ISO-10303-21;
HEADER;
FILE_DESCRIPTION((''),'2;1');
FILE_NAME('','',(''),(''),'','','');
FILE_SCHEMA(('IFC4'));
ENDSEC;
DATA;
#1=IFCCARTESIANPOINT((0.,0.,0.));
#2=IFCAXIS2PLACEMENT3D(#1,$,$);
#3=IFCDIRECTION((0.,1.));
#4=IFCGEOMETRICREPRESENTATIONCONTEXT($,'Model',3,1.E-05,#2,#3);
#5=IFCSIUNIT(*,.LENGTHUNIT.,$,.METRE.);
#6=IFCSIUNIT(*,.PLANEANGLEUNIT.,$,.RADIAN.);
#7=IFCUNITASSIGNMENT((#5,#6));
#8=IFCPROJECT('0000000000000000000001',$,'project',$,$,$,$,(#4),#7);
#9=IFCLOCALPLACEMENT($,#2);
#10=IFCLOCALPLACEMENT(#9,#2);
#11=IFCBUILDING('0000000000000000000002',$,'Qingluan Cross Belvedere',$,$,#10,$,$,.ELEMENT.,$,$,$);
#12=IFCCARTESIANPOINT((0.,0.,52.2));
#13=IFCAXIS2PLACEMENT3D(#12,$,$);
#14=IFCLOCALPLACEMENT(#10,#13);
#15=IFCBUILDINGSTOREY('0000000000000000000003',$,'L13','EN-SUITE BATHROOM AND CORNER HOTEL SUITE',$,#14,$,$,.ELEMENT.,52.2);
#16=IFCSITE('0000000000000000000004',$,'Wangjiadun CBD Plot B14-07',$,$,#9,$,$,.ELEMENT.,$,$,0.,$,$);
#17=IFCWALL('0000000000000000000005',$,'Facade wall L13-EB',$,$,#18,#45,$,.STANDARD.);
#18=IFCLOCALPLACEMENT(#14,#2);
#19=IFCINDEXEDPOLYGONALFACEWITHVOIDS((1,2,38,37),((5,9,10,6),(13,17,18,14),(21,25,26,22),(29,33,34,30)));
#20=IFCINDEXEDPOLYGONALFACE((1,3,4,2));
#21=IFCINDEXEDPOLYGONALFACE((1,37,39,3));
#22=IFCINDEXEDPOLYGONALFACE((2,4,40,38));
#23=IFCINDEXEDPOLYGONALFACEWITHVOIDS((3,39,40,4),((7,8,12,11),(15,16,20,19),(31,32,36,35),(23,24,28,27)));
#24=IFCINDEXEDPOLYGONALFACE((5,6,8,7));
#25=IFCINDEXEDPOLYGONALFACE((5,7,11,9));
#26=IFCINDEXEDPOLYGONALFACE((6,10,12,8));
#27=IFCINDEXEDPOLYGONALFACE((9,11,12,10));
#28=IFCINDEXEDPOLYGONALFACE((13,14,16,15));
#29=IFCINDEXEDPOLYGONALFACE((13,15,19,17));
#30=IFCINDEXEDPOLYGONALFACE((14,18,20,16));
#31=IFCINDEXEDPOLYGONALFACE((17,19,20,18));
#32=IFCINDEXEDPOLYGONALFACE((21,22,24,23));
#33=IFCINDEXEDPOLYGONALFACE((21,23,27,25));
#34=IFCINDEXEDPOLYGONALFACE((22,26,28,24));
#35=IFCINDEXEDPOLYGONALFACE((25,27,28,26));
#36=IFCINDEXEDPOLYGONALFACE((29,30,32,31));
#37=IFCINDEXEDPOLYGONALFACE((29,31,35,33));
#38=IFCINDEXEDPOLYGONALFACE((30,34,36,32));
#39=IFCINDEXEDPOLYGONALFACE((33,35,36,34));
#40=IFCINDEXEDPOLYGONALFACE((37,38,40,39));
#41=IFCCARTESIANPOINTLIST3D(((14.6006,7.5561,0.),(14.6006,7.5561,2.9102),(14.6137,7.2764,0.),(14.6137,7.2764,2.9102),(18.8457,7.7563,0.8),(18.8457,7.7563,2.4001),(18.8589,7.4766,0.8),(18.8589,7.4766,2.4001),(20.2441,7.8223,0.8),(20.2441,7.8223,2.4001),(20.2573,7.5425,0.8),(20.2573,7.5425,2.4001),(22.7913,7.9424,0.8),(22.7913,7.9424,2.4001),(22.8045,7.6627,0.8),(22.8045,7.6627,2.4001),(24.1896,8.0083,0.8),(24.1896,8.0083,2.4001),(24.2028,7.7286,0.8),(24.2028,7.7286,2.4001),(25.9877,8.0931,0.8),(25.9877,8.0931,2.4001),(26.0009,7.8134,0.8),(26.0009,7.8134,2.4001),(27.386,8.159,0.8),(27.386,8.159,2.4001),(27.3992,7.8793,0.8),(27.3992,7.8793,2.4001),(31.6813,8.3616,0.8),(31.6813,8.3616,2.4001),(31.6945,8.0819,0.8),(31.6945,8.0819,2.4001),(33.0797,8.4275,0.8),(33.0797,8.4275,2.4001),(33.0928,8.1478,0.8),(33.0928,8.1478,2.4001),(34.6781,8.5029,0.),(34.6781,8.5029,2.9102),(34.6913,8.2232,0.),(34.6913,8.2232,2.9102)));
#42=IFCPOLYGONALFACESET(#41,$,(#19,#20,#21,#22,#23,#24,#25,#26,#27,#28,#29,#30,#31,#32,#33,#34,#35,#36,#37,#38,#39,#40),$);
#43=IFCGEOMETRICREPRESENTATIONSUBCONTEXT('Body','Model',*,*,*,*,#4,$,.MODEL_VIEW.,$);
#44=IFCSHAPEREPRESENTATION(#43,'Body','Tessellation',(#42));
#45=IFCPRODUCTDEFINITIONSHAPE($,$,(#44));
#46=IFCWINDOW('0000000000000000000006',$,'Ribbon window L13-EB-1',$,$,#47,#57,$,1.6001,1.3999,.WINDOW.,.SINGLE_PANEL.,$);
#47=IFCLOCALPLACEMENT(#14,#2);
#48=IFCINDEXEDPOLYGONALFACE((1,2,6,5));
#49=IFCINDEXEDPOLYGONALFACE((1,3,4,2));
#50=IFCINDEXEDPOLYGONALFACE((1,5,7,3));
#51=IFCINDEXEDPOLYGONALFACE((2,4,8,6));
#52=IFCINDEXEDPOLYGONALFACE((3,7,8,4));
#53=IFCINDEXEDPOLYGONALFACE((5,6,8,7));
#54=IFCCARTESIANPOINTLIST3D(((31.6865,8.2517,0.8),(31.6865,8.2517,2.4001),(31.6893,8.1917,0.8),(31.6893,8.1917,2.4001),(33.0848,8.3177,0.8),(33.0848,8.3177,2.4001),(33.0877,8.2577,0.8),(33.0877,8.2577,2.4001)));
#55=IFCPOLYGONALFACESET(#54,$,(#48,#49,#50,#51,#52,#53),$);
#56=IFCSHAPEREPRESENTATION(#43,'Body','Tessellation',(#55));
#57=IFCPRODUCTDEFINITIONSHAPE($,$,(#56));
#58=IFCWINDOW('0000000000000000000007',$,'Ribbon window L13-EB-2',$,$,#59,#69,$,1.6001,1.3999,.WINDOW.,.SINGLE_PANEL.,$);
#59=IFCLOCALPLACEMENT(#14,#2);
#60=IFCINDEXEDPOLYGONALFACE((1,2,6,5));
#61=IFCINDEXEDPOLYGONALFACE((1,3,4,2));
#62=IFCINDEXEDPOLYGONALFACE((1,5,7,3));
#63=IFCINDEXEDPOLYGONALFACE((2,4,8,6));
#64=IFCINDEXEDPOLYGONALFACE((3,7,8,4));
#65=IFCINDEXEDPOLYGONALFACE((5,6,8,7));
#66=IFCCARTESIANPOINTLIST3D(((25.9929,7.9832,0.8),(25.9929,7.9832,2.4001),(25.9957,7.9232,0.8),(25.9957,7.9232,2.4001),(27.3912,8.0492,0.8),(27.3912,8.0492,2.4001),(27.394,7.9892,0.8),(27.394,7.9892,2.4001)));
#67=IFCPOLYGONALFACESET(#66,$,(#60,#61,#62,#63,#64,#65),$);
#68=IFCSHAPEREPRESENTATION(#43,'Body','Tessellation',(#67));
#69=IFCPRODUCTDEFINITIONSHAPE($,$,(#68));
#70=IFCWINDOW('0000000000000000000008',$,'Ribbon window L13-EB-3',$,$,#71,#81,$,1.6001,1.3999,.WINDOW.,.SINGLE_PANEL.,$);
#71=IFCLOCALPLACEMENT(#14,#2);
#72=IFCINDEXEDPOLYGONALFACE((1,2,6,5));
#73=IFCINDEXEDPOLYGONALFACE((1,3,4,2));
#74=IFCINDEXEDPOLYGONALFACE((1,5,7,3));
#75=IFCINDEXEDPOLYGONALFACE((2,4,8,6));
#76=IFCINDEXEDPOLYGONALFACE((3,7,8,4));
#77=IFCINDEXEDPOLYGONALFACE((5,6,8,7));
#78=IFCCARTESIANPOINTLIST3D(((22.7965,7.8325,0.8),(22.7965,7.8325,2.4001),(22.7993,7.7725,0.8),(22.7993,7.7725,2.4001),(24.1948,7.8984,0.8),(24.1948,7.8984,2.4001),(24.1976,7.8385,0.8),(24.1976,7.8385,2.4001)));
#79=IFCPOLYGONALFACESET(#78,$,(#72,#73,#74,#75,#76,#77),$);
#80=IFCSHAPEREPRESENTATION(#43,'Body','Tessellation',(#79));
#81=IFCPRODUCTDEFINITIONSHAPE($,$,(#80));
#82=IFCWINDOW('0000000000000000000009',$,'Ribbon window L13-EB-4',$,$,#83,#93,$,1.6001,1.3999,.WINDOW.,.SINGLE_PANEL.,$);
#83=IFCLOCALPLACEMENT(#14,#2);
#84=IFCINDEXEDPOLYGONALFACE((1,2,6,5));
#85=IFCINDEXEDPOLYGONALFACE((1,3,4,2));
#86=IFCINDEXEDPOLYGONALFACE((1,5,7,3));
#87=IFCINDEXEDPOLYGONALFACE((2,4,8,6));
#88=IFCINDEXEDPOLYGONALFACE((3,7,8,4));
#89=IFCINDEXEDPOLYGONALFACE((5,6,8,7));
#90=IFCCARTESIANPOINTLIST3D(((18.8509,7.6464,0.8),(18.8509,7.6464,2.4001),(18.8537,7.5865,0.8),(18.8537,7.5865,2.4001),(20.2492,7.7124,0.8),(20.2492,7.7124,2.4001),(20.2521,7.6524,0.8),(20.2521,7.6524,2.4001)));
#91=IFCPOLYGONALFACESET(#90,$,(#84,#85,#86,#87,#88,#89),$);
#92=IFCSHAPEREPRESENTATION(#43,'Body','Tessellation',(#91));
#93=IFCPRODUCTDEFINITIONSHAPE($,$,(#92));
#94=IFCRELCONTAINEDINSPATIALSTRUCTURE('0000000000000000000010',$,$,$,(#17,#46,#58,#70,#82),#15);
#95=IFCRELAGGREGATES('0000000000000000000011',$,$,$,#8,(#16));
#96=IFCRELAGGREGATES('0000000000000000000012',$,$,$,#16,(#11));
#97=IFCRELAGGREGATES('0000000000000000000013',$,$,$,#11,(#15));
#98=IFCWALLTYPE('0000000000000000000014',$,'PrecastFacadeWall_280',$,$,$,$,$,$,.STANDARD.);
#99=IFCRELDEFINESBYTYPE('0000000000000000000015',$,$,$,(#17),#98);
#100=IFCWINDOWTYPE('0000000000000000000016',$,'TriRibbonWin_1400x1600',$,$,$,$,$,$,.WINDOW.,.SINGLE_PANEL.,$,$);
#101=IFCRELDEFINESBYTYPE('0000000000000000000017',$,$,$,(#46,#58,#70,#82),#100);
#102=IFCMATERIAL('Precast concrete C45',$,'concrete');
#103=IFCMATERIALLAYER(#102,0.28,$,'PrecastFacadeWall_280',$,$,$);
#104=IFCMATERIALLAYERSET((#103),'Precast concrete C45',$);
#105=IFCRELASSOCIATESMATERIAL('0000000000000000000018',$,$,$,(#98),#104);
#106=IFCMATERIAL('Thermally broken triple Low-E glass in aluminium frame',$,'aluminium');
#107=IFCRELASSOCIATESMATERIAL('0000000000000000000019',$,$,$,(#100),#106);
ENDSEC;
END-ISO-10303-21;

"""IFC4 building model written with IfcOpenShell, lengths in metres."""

from ifc_helpers import new_model, si_unit, direction, frame, frame_2d, origin, place, context, subcontext, project, spatial, rectangle, extrude, material, layer, layer_set, type_object, element, fill, save


model = new_model("IFC4")

# Units and contexts
model_context = context("Model", 3, precision=1e-05, world=origin(), true_north=direction((0.0, 1.0)))
body_context = subcontext(model_context, "Body", "Model", "MODEL_VIEW")
ifc_project = project(units=[si_unit("LENGTHUNIT", "METRE"), si_unit("PLANEANGLEUNIT", "RADIAN")], contexts=[model_context])

# Site, building, storey
site_placement = place(None, origin())
site = spatial("IfcSite", under=ifc_project, at=site_placement, Name="Wangjiadun CBD Plot B14-07", CompositionType="ELEMENT", RefElevation=0.0)
building_placement = place(site_placement, origin())
building = spatial("IfcBuilding", under=site, at=building_placement, Name="Qingluan Cross Belvedere", CompositionType="ELEMENT")
storey_placement = place(building_placement, frame((0.0, 0.0, 52.2)))
storey = spatial("IfcBuildingStorey", under=building, at=storey_placement, Name="L13", Description="EN-SUITE BATHROOM AND CORNER HOTEL SUITE", CompositionType="ELEMENT", Elevation=52.2)

# Wall, openings, windows
ifc_material_1 = material(Name="Precast concrete C45", Category="concrete")
ifc_layer_1 = layer(ifc_material_1, 0.28, Name="PrecastFacadeWall_280")
ifc_layer_set_1 = layer_set([ifc_layer_1], Name="Precast concrete C45")
wall_type_1 = type_object("IfcWallType", Name="PrecastFacadeWall_280", PredefinedType="STANDARD", material=ifc_layer_set_1)
wall_1_placement = place(storey_placement, frame((34.6846, 8.363, 0.0), z_axis=(0.0, 0.0, 1.0), x_axis=(-0.99889, -0.047103, 0.0)))
wall_1 = element("IfcWall", 1, at=wall_1_placement, inside=storey, type_object=wall_type_1, Name="Facade wall L13-EB", PredefinedType="STANDARD", context=body_context, shape_type="SweptSolid", body=[
    extrude(rectangle(XDim=20.0999, YDim=0.28, at=frame_2d((10.0498, 0.0))), origin(), (0.0, 0.0, 1.0), 2.9102),
])
opening_1_placement = place(wall_1_placement, frame((1.6001, 0.0, 0.8)))
opening_1 = element("IfcOpeningElement", 2, at=opening_1_placement, cuts=wall_1, PredefinedType="OPENING", context=body_context, shape_type="SweptSolid", body=[
    extrude(rectangle(XDim=1.3999, YDim=1.6001, at=frame_2d((0.7, 0.8))), frame((0.0, 0.1499, 0.0), z_axis=(0.0, -1.0, 0.0), x_axis=(1.0, 0.0, 0.0)), (0.0, 0.0, 1.0), 0.3),
])
opening_2_placement = place(wall_1_placement, frame((7.3, 0.0, 0.8)))
opening_2 = element("IfcOpeningElement", 3, at=opening_2_placement, cuts=wall_1, PredefinedType="OPENING", context=body_context, shape_type="SweptSolid", body=[
    extrude(rectangle(XDim=1.3999, YDim=1.6001, at=frame_2d((0.7, 0.8))), frame((0.0, 0.1499, 0.0), z_axis=(0.0, -1.0, 0.0), x_axis=(1.0, 0.0, 0.0)), (0.0, 0.0, 1.0), 0.3),
])
opening_3_placement = place(wall_1_placement, frame((10.5, 0.0, 0.8)))
opening_3 = element("IfcOpeningElement", 4, at=opening_3_placement, cuts=wall_1, PredefinedType="OPENING", context=body_context, shape_type="SweptSolid", body=[
    extrude(rectangle(XDim=1.3999, YDim=1.6001, at=frame_2d((0.7, 0.8))), frame((0.0, 0.1499, 0.0), z_axis=(0.0, -1.0, 0.0), x_axis=(1.0, 0.0, 0.0)), (0.0, 0.0, 1.0), 0.3),
])
opening_4_placement = place(wall_1_placement, frame((14.45, 0.0, 0.8)))
opening_4 = element("IfcOpeningElement", 5, at=opening_4_placement, cuts=wall_1, PredefinedType="OPENING", context=body_context, shape_type="SweptSolid", body=[
    extrude(rectangle(XDim=1.3999, YDim=1.6001, at=frame_2d((0.7, 0.8))), frame((0.0, 0.1499, 0.0), z_axis=(0.0, -1.0, 0.0), x_axis=(1.0, 0.0, 0.0)), (0.0, 0.0, 1.0), 0.3),
])
ifc_material_2 = material(Name="Thermally broken triple Low-E glass in aluminium frame", Category="aluminium")
window_type_1 = type_object("IfcWindowType", Name="TriRibbonWin_1400x1600", PartitioningType="SINGLE_PANEL", PredefinedType="WINDOW", material=ifc_material_2)
window_1_placement = place(opening_1_placement, origin())
window_1 = element("IfcWindow", 6, at=window_1_placement, inside=storey, type_object=window_type_1, Name="Ribbon window L13-EB-1", OverallHeight=1.6001, OverallWidth=1.3999, PartitioningType="SINGLE_PANEL", PredefinedType="WINDOW", context=body_context, shape_type="SweptSolid", body=[
    extrude(rectangle(XDim=1.3999, YDim=1.6001, at=frame_2d((0.7, 0.8))), frame((0.0, 0.03, 0.0), z_axis=(0.0, -1.0, 0.0), x_axis=(1.0, 0.0, 0.0)), (0.0, 0.0, 1.0), 0.0601),
])
fill(opening_1, window_1)
window_2_placement = place(opening_2_placement, origin())
window_2 = element("IfcWindow", 7, at=window_2_placement, inside=storey, type_object=window_type_1, Name="Ribbon window L13-EB-2", OverallHeight=1.6001, OverallWidth=1.3999, PartitioningType="SINGLE_PANEL", PredefinedType="WINDOW", context=body_context, shape_type="SweptSolid", body=[
    extrude(rectangle(XDim=1.3999, YDim=1.6001, at=frame_2d((0.7, 0.8))), frame((0.0, 0.03, 0.0), z_axis=(0.0, -1.0, 0.0), x_axis=(1.0, 0.0, 0.0)), (0.0, 0.0, 1.0), 0.0601),
])
fill(opening_2, window_2)
window_3_placement = place(opening_3_placement, origin())
window_3 = element("IfcWindow", 8, at=window_3_placement, inside=storey, type_object=window_type_1, Name="Ribbon window L13-EB-3", OverallHeight=1.6001, OverallWidth=1.3999, PartitioningType="SINGLE_PANEL", PredefinedType="WINDOW", context=body_context, shape_type="SweptSolid", body=[
    extrude(rectangle(XDim=1.3999, YDim=1.6001, at=frame_2d((0.7, 0.8))), frame((0.0, 0.03, 0.0), z_axis=(0.0, -1.0, 0.0), x_axis=(1.0, 0.0, 0.0)), (0.0, 0.0, 1.0), 0.0601),
])
fill(opening_3, window_3)
window_4_placement = place(opening_4_placement, origin())
window_4 = element("IfcWindow", 9, at=window_4_placement, inside=storey, type_object=window_type_1, Name="Ribbon window L13-EB-4", OverallHeight=1.6001, OverallWidth=1.3999, PartitioningType="SINGLE_PANEL", PredefinedType="WINDOW", context=body_context, shape_type="SweptSolid", body=[
    extrude(rectangle(XDim=1.3999, YDim=1.6001, at=frame_2d((0.7, 0.8))), frame((0.0, 0.03, 0.0), z_axis=(0.0, -1.0, 0.0), x_axis=(1.0, 0.0, 0.0)), (0.0, 0.0, 1.0), 0.0601),
])
fill(opening_4, window_4)

save(model, "model.ifc")
